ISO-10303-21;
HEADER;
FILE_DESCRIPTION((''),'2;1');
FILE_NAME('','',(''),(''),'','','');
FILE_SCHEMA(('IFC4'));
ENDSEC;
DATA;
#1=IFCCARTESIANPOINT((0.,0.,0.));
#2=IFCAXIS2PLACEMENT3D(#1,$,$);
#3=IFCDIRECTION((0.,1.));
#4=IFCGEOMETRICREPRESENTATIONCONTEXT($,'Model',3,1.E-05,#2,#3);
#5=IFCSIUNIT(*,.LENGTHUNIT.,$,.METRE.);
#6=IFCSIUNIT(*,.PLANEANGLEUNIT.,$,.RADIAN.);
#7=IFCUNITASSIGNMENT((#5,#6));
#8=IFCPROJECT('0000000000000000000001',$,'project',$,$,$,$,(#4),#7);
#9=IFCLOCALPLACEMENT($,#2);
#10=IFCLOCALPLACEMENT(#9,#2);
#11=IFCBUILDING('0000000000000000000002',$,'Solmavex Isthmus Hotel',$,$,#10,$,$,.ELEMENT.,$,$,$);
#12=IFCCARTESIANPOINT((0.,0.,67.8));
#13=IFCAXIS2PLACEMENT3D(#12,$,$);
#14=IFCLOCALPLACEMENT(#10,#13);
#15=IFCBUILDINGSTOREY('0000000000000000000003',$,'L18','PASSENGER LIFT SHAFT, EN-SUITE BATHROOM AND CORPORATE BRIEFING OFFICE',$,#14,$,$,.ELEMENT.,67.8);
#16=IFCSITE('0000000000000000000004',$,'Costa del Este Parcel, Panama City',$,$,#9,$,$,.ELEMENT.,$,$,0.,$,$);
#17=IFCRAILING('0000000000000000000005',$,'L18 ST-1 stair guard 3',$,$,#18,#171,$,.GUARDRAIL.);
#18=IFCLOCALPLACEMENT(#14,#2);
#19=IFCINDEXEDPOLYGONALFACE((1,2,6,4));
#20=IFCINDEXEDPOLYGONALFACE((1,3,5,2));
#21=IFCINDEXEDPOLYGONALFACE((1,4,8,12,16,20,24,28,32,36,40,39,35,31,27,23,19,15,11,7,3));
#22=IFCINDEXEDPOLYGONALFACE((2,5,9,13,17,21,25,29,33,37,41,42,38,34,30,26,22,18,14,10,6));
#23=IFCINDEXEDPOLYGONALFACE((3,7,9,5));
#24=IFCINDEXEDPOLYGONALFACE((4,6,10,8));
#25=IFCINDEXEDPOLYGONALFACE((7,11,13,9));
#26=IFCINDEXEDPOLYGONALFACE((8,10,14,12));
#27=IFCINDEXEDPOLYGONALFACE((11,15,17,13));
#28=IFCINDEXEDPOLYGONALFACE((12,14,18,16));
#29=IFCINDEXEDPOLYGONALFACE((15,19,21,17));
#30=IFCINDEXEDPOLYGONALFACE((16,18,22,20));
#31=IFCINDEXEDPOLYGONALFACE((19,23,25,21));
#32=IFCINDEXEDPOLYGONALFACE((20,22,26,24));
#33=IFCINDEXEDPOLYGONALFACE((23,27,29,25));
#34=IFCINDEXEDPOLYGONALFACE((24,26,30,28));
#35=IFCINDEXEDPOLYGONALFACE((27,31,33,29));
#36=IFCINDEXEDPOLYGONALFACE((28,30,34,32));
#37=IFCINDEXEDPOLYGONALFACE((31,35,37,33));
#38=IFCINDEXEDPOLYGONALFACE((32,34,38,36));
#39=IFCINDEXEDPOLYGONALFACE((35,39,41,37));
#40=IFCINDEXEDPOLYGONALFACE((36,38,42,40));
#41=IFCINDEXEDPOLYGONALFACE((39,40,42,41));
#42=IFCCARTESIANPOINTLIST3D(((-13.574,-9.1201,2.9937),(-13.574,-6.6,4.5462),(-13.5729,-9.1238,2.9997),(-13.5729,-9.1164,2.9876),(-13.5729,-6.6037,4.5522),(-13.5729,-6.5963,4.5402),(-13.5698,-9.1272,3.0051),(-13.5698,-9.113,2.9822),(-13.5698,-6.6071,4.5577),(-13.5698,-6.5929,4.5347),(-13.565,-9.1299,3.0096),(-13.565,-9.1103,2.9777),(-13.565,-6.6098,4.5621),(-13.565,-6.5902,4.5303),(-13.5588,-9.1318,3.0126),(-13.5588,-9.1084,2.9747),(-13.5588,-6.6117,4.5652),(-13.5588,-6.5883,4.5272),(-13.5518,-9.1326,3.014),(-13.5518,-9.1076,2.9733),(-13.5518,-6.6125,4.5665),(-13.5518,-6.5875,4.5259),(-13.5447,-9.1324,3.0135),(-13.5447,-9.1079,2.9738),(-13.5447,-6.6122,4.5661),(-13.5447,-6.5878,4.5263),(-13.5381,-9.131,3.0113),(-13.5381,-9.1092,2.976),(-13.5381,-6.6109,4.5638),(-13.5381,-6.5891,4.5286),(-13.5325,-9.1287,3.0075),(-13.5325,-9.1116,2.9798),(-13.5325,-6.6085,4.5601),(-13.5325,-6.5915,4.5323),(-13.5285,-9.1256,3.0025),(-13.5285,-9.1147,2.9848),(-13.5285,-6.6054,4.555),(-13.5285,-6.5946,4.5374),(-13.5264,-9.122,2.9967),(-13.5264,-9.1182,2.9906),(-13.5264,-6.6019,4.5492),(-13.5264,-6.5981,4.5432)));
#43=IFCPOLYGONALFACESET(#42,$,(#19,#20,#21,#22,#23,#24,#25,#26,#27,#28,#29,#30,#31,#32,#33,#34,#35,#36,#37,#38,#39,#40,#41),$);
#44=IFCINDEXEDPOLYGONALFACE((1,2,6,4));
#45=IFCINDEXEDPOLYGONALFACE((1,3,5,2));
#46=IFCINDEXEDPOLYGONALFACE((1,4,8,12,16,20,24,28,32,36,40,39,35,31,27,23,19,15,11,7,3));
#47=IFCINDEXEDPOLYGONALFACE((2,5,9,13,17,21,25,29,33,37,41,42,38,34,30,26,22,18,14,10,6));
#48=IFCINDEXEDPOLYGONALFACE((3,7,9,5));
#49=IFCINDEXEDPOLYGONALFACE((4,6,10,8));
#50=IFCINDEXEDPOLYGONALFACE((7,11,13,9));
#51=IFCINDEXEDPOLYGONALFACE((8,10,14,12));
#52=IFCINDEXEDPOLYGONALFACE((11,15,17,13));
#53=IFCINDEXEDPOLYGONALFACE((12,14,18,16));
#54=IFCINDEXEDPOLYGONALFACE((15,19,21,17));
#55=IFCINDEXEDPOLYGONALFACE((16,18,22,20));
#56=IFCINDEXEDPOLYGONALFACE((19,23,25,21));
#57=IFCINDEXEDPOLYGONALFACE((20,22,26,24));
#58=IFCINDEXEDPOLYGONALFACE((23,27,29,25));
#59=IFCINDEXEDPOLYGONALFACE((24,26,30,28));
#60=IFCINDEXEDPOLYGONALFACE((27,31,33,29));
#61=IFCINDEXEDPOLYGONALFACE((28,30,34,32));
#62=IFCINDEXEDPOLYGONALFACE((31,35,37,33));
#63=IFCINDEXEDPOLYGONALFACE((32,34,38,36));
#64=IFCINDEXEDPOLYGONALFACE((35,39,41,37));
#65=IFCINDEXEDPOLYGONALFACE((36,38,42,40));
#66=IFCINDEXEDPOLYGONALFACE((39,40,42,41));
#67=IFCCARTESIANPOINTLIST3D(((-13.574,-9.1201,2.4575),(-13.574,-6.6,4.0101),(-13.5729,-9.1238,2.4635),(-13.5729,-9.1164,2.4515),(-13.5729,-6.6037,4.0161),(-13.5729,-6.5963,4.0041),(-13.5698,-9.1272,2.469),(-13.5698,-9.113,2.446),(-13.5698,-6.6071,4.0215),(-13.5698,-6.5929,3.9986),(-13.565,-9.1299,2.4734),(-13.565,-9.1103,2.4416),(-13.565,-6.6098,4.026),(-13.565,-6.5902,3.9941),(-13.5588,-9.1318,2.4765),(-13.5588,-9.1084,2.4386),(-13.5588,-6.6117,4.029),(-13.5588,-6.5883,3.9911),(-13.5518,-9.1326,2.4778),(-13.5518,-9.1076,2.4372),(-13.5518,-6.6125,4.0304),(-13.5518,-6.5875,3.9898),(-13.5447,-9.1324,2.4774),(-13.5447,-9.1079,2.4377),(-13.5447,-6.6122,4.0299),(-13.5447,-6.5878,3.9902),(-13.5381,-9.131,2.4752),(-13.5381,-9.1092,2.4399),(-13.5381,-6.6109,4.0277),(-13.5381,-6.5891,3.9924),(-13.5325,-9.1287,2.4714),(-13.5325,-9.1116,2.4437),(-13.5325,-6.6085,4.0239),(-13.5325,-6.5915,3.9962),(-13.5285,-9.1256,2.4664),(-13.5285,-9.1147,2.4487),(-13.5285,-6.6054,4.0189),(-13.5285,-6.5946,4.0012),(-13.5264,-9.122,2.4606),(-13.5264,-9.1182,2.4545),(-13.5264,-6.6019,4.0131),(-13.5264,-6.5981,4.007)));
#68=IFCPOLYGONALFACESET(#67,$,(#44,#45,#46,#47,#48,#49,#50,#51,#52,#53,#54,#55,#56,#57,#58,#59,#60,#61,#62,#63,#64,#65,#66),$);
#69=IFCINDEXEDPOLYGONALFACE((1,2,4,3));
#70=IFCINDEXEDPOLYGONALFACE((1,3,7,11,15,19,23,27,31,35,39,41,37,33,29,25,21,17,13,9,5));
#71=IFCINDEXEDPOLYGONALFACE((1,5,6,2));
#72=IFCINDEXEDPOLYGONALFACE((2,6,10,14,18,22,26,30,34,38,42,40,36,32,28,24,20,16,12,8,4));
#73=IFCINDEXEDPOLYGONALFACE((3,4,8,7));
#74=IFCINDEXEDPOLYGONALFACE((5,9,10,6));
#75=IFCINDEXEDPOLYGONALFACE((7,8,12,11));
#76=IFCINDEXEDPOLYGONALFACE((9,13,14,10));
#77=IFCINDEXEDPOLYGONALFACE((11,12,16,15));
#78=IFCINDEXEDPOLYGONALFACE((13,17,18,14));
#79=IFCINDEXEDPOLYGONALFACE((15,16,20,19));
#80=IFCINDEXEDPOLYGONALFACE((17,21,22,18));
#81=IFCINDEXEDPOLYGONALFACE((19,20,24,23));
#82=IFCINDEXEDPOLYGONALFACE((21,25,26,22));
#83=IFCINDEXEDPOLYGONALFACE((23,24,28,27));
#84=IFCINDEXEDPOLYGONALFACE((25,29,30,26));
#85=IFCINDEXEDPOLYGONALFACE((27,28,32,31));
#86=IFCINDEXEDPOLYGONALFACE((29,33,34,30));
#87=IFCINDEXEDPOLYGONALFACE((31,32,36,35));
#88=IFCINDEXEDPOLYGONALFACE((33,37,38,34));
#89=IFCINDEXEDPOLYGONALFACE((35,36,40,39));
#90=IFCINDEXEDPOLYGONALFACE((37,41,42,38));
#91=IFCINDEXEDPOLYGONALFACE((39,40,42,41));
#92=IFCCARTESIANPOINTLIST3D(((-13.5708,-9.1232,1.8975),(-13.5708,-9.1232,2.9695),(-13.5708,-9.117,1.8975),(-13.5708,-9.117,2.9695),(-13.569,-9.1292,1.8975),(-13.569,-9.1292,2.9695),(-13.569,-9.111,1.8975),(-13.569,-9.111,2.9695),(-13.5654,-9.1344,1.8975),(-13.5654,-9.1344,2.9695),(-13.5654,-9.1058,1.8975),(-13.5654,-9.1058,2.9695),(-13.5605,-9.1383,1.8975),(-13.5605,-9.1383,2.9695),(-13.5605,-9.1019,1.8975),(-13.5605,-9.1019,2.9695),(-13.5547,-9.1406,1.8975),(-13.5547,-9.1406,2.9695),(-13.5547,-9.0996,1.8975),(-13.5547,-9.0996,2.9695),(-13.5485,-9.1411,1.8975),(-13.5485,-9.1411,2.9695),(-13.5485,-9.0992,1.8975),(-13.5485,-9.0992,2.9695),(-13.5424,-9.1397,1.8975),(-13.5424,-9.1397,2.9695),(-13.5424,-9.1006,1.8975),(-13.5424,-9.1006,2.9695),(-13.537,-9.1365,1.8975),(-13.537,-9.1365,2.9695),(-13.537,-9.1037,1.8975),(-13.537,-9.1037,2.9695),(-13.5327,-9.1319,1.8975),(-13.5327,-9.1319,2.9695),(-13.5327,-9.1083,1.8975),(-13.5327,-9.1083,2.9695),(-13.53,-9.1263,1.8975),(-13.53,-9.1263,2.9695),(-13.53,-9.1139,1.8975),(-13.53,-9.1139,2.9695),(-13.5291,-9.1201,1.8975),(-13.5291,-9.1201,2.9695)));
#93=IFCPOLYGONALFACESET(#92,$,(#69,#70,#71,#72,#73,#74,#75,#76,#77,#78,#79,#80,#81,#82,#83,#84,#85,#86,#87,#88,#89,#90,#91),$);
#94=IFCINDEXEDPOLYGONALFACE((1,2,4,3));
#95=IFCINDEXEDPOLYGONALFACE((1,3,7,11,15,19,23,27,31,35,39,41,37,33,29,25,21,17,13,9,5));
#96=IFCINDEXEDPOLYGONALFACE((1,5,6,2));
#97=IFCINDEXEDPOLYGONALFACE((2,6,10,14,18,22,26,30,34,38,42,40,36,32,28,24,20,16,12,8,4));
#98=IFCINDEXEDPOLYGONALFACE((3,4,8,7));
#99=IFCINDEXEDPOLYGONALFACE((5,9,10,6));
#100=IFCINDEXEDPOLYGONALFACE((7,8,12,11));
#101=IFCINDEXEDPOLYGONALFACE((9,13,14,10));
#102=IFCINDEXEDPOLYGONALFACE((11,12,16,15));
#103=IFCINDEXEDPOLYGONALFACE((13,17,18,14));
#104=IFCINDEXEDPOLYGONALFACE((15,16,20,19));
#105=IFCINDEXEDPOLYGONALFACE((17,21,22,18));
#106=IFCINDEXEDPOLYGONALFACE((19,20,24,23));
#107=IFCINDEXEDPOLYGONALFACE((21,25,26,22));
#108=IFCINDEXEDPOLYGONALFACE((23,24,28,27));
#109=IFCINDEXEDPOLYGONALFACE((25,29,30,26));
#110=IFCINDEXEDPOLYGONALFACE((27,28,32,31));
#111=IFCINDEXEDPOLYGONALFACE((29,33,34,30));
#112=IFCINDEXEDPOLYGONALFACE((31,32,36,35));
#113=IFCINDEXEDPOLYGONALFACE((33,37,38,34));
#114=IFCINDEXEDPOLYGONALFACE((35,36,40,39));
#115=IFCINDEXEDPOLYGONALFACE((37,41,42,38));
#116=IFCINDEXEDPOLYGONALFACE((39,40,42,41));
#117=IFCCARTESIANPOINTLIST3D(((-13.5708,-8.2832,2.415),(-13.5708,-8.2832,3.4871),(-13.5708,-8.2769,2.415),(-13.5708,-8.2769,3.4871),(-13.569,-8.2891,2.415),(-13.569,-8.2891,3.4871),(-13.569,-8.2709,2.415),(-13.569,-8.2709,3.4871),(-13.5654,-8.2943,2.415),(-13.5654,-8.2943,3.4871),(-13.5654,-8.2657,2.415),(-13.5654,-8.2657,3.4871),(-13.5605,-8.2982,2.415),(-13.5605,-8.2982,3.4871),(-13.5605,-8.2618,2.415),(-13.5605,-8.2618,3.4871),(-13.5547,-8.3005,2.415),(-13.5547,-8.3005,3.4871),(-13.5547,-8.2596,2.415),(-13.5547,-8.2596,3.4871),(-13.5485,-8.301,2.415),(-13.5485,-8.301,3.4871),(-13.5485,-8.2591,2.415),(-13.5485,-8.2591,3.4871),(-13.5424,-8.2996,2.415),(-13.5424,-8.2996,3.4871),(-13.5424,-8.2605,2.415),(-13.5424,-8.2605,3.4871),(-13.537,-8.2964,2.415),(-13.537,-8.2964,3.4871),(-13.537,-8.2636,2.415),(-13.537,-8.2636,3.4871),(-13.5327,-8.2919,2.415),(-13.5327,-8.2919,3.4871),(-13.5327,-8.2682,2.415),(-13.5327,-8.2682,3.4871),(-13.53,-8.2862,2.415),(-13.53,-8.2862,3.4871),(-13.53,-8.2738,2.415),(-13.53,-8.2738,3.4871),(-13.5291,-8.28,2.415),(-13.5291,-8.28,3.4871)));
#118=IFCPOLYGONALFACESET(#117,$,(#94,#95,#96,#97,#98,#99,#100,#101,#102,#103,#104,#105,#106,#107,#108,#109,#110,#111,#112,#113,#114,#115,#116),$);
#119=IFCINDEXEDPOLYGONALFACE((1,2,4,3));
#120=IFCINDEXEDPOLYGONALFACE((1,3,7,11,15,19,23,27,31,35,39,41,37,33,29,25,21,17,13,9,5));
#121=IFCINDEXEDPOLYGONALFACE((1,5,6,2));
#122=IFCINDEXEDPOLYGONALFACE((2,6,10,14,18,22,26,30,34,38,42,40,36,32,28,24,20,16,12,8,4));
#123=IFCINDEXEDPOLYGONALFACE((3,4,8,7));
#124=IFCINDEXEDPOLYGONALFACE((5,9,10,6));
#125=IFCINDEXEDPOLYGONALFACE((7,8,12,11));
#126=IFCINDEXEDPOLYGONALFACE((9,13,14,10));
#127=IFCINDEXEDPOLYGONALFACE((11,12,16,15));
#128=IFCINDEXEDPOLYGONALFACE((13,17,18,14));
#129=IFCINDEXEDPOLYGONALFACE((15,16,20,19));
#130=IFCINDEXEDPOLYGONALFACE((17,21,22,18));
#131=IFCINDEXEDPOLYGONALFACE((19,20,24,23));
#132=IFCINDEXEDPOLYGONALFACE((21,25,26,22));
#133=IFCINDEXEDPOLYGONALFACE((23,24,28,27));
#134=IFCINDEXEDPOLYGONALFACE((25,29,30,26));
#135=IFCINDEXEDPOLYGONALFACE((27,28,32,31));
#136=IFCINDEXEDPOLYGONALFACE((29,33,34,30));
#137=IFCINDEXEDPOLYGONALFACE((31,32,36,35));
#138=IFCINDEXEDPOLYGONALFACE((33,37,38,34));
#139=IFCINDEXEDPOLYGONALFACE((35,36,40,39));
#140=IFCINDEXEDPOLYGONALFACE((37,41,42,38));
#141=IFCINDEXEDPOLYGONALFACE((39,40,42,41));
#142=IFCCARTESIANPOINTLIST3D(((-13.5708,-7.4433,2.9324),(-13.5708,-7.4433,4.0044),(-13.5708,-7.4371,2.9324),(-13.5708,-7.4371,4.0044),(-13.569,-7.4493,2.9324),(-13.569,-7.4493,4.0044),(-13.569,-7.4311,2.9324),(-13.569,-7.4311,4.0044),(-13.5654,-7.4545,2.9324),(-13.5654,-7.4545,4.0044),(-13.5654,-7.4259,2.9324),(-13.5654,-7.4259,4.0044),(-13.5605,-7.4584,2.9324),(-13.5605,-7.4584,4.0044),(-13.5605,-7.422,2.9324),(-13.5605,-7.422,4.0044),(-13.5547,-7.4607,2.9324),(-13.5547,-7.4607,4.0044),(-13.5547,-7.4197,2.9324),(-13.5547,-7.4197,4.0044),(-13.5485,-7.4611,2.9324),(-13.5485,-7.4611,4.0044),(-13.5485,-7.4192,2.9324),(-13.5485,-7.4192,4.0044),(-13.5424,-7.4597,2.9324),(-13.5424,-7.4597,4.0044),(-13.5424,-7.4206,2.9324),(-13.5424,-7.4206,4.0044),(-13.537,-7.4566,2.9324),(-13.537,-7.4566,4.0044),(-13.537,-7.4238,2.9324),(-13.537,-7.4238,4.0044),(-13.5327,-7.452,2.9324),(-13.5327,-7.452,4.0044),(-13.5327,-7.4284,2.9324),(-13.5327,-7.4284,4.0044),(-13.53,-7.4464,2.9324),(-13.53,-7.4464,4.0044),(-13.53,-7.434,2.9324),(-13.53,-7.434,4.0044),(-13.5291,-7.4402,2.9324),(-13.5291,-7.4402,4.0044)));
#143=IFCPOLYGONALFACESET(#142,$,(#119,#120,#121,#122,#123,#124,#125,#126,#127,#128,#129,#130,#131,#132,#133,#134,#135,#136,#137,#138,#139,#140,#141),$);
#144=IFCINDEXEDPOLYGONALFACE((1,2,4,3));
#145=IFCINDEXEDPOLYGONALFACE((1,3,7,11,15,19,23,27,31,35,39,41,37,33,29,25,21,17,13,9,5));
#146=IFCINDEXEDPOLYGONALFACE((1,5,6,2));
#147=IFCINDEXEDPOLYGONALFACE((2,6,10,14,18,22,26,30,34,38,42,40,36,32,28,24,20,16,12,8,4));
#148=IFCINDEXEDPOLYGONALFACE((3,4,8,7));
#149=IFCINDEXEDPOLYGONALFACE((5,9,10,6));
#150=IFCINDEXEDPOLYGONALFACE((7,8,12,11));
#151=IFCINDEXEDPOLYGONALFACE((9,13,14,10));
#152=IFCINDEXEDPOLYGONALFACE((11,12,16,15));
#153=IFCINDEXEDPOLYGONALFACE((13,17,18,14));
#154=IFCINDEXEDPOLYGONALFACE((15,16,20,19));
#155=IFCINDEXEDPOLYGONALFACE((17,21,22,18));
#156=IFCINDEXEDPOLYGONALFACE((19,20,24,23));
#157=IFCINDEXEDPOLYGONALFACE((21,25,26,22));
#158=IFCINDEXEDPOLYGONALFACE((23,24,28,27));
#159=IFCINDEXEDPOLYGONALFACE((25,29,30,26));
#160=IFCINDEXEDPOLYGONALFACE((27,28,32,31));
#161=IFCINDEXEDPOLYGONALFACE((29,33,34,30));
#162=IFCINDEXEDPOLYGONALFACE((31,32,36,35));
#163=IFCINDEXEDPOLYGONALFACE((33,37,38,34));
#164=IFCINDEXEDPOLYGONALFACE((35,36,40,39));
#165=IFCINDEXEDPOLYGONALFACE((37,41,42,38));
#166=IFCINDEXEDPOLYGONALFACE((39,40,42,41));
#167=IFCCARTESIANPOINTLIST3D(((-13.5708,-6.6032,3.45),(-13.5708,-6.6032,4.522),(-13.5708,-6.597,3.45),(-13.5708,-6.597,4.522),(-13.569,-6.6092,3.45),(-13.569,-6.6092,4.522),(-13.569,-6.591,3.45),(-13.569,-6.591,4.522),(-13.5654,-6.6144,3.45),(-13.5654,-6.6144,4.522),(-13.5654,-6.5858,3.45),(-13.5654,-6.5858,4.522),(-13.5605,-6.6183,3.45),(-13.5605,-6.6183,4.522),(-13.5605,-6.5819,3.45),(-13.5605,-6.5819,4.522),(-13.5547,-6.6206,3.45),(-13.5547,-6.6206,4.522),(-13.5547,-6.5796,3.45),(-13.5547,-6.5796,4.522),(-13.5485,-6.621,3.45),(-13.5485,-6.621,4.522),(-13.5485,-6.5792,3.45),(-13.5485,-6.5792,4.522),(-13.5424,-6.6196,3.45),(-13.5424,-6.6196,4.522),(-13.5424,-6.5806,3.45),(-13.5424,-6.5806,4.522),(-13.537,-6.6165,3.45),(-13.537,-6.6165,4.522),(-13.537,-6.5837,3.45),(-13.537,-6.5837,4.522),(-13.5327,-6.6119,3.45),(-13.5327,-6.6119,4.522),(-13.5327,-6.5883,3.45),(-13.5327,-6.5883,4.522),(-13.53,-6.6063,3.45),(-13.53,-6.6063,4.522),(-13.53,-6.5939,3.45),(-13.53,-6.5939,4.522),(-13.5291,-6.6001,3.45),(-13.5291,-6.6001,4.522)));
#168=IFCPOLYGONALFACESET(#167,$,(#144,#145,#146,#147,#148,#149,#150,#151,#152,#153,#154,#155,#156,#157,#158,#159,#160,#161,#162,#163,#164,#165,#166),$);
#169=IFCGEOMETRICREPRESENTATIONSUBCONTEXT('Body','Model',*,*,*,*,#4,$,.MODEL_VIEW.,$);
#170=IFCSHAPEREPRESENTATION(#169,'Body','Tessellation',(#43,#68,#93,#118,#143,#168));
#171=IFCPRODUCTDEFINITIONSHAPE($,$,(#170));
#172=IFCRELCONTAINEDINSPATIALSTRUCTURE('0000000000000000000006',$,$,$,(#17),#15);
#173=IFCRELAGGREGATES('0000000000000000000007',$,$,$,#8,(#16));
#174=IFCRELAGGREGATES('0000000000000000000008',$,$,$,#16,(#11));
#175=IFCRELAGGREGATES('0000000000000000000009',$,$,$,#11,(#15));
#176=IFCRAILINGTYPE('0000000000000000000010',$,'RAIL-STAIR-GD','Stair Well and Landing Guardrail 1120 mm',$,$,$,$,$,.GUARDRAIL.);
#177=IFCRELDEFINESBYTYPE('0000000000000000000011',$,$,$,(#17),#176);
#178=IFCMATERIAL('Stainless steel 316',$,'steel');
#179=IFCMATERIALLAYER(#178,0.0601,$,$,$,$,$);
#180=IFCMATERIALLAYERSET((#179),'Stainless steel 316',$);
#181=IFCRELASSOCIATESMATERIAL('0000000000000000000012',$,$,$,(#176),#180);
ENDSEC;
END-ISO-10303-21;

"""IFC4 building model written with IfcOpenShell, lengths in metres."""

from ifc_helpers import new_model, si_unit, direction, frame, origin, origin_2d, place, context, subcontext, project, spatial, circle, extrude, material, layer, layer_set, type_object, element, save


model = new_model("IFC4")

# Units and contexts
model_context = context("Model", 3, precision=1e-05, world=origin(), true_north=direction((0.0, 1.0)))
body_context = subcontext(model_context, "Body", "Model", "MODEL_VIEW")
ifc_project = project(units=[si_unit("LENGTHUNIT", "METRE"), si_unit("PLANEANGLEUNIT", "RADIAN")], contexts=[model_context])

# Site, building, storey
site_placement = place(None, origin())
site = spatial("IfcSite", under=ifc_project, at=site_placement, Name="Costa del Este Parcel, Panama City", CompositionType="ELEMENT", RefElevation=0.0)
building_placement = place(site_placement, origin())
building = spatial("IfcBuilding", under=site, at=building_placement, Name="Solmavex Isthmus Hotel", CompositionType="ELEMENT")
storey_placement = place(building_placement, frame((0.0, 0.0, 67.8)))
storey = spatial("IfcBuildingStorey", under=building, at=storey_placement, Name="L18", Description="PASSENGER LIFT SHAFT, EN-SUITE BATHROOM AND CORPORATE BRIEFING OFFICE", CompositionType="ELEMENT", Elevation=67.8)

# Shared definitions
ifc_material_1 = material(Name="Stainless steel 316", Category="steel")

# Railing
ifc_layer_1 = layer(ifc_material_1, 0.0601)
ifc_layer_set_1 = layer_set([ifc_layer_1], Name="Stainless steel 316")
railing_type_1 = type_object("IfcRailingType", Name="RAIL-STAIR-GD", Description="Stair Well and Landing Guardrail 1120 mm", PredefinedType="GUARDRAIL", material=ifc_layer_set_1)
railing_1_placement = place(storey_placement, frame((-13.55, -9.1201, 1.8975)))
element("IfcRailing", 1, at=railing_1_placement, inside=storey, type_object=railing_type_1, Name="L18 ST-1 stair guard 3", PredefinedType="GUARDRAIL", context=body_context, shape_type="SweptSolid", body=[
    extrude(circle(Radius=0.0239, at=origin_2d()), frame((0.0, 0.0, 1.0962), z_axis=(0.0, 0.8514, 0.524516), x_axis=(-1.0, 0.0, 0.0)), (0.0, 0.0, 1.0), 2.96),
    extrude(circle(Radius=0.0239, at=origin_2d()), frame((0.0, 0.0, 0.5601), z_axis=(0.0, 0.8514, 0.524516), x_axis=(-1.0, 0.0, 0.0)), (0.0, 0.0, 1.0), 2.96),
    extrude(circle(Radius=0.021, at=origin_2d()), origin(), (0.0, 0.0, 1.0), 1.072),
    extrude(circle(Radius=0.021, at=origin_2d()), frame((0.0, 0.8401, 0.5176)), (0.0, 0.0, 1.0), 1.072),
    extrude(circle(Radius=0.021, at=origin_2d()), frame((0.0, 1.6799, 1.0349)), (0.0, 0.0, 1.0), 1.072),
    extrude(circle(Radius=0.021, at=origin_2d()), frame((0.0, 2.52, 1.5525)), (0.0, 0.0, 1.0), 1.072),
])

save(model, "model.ifc")
